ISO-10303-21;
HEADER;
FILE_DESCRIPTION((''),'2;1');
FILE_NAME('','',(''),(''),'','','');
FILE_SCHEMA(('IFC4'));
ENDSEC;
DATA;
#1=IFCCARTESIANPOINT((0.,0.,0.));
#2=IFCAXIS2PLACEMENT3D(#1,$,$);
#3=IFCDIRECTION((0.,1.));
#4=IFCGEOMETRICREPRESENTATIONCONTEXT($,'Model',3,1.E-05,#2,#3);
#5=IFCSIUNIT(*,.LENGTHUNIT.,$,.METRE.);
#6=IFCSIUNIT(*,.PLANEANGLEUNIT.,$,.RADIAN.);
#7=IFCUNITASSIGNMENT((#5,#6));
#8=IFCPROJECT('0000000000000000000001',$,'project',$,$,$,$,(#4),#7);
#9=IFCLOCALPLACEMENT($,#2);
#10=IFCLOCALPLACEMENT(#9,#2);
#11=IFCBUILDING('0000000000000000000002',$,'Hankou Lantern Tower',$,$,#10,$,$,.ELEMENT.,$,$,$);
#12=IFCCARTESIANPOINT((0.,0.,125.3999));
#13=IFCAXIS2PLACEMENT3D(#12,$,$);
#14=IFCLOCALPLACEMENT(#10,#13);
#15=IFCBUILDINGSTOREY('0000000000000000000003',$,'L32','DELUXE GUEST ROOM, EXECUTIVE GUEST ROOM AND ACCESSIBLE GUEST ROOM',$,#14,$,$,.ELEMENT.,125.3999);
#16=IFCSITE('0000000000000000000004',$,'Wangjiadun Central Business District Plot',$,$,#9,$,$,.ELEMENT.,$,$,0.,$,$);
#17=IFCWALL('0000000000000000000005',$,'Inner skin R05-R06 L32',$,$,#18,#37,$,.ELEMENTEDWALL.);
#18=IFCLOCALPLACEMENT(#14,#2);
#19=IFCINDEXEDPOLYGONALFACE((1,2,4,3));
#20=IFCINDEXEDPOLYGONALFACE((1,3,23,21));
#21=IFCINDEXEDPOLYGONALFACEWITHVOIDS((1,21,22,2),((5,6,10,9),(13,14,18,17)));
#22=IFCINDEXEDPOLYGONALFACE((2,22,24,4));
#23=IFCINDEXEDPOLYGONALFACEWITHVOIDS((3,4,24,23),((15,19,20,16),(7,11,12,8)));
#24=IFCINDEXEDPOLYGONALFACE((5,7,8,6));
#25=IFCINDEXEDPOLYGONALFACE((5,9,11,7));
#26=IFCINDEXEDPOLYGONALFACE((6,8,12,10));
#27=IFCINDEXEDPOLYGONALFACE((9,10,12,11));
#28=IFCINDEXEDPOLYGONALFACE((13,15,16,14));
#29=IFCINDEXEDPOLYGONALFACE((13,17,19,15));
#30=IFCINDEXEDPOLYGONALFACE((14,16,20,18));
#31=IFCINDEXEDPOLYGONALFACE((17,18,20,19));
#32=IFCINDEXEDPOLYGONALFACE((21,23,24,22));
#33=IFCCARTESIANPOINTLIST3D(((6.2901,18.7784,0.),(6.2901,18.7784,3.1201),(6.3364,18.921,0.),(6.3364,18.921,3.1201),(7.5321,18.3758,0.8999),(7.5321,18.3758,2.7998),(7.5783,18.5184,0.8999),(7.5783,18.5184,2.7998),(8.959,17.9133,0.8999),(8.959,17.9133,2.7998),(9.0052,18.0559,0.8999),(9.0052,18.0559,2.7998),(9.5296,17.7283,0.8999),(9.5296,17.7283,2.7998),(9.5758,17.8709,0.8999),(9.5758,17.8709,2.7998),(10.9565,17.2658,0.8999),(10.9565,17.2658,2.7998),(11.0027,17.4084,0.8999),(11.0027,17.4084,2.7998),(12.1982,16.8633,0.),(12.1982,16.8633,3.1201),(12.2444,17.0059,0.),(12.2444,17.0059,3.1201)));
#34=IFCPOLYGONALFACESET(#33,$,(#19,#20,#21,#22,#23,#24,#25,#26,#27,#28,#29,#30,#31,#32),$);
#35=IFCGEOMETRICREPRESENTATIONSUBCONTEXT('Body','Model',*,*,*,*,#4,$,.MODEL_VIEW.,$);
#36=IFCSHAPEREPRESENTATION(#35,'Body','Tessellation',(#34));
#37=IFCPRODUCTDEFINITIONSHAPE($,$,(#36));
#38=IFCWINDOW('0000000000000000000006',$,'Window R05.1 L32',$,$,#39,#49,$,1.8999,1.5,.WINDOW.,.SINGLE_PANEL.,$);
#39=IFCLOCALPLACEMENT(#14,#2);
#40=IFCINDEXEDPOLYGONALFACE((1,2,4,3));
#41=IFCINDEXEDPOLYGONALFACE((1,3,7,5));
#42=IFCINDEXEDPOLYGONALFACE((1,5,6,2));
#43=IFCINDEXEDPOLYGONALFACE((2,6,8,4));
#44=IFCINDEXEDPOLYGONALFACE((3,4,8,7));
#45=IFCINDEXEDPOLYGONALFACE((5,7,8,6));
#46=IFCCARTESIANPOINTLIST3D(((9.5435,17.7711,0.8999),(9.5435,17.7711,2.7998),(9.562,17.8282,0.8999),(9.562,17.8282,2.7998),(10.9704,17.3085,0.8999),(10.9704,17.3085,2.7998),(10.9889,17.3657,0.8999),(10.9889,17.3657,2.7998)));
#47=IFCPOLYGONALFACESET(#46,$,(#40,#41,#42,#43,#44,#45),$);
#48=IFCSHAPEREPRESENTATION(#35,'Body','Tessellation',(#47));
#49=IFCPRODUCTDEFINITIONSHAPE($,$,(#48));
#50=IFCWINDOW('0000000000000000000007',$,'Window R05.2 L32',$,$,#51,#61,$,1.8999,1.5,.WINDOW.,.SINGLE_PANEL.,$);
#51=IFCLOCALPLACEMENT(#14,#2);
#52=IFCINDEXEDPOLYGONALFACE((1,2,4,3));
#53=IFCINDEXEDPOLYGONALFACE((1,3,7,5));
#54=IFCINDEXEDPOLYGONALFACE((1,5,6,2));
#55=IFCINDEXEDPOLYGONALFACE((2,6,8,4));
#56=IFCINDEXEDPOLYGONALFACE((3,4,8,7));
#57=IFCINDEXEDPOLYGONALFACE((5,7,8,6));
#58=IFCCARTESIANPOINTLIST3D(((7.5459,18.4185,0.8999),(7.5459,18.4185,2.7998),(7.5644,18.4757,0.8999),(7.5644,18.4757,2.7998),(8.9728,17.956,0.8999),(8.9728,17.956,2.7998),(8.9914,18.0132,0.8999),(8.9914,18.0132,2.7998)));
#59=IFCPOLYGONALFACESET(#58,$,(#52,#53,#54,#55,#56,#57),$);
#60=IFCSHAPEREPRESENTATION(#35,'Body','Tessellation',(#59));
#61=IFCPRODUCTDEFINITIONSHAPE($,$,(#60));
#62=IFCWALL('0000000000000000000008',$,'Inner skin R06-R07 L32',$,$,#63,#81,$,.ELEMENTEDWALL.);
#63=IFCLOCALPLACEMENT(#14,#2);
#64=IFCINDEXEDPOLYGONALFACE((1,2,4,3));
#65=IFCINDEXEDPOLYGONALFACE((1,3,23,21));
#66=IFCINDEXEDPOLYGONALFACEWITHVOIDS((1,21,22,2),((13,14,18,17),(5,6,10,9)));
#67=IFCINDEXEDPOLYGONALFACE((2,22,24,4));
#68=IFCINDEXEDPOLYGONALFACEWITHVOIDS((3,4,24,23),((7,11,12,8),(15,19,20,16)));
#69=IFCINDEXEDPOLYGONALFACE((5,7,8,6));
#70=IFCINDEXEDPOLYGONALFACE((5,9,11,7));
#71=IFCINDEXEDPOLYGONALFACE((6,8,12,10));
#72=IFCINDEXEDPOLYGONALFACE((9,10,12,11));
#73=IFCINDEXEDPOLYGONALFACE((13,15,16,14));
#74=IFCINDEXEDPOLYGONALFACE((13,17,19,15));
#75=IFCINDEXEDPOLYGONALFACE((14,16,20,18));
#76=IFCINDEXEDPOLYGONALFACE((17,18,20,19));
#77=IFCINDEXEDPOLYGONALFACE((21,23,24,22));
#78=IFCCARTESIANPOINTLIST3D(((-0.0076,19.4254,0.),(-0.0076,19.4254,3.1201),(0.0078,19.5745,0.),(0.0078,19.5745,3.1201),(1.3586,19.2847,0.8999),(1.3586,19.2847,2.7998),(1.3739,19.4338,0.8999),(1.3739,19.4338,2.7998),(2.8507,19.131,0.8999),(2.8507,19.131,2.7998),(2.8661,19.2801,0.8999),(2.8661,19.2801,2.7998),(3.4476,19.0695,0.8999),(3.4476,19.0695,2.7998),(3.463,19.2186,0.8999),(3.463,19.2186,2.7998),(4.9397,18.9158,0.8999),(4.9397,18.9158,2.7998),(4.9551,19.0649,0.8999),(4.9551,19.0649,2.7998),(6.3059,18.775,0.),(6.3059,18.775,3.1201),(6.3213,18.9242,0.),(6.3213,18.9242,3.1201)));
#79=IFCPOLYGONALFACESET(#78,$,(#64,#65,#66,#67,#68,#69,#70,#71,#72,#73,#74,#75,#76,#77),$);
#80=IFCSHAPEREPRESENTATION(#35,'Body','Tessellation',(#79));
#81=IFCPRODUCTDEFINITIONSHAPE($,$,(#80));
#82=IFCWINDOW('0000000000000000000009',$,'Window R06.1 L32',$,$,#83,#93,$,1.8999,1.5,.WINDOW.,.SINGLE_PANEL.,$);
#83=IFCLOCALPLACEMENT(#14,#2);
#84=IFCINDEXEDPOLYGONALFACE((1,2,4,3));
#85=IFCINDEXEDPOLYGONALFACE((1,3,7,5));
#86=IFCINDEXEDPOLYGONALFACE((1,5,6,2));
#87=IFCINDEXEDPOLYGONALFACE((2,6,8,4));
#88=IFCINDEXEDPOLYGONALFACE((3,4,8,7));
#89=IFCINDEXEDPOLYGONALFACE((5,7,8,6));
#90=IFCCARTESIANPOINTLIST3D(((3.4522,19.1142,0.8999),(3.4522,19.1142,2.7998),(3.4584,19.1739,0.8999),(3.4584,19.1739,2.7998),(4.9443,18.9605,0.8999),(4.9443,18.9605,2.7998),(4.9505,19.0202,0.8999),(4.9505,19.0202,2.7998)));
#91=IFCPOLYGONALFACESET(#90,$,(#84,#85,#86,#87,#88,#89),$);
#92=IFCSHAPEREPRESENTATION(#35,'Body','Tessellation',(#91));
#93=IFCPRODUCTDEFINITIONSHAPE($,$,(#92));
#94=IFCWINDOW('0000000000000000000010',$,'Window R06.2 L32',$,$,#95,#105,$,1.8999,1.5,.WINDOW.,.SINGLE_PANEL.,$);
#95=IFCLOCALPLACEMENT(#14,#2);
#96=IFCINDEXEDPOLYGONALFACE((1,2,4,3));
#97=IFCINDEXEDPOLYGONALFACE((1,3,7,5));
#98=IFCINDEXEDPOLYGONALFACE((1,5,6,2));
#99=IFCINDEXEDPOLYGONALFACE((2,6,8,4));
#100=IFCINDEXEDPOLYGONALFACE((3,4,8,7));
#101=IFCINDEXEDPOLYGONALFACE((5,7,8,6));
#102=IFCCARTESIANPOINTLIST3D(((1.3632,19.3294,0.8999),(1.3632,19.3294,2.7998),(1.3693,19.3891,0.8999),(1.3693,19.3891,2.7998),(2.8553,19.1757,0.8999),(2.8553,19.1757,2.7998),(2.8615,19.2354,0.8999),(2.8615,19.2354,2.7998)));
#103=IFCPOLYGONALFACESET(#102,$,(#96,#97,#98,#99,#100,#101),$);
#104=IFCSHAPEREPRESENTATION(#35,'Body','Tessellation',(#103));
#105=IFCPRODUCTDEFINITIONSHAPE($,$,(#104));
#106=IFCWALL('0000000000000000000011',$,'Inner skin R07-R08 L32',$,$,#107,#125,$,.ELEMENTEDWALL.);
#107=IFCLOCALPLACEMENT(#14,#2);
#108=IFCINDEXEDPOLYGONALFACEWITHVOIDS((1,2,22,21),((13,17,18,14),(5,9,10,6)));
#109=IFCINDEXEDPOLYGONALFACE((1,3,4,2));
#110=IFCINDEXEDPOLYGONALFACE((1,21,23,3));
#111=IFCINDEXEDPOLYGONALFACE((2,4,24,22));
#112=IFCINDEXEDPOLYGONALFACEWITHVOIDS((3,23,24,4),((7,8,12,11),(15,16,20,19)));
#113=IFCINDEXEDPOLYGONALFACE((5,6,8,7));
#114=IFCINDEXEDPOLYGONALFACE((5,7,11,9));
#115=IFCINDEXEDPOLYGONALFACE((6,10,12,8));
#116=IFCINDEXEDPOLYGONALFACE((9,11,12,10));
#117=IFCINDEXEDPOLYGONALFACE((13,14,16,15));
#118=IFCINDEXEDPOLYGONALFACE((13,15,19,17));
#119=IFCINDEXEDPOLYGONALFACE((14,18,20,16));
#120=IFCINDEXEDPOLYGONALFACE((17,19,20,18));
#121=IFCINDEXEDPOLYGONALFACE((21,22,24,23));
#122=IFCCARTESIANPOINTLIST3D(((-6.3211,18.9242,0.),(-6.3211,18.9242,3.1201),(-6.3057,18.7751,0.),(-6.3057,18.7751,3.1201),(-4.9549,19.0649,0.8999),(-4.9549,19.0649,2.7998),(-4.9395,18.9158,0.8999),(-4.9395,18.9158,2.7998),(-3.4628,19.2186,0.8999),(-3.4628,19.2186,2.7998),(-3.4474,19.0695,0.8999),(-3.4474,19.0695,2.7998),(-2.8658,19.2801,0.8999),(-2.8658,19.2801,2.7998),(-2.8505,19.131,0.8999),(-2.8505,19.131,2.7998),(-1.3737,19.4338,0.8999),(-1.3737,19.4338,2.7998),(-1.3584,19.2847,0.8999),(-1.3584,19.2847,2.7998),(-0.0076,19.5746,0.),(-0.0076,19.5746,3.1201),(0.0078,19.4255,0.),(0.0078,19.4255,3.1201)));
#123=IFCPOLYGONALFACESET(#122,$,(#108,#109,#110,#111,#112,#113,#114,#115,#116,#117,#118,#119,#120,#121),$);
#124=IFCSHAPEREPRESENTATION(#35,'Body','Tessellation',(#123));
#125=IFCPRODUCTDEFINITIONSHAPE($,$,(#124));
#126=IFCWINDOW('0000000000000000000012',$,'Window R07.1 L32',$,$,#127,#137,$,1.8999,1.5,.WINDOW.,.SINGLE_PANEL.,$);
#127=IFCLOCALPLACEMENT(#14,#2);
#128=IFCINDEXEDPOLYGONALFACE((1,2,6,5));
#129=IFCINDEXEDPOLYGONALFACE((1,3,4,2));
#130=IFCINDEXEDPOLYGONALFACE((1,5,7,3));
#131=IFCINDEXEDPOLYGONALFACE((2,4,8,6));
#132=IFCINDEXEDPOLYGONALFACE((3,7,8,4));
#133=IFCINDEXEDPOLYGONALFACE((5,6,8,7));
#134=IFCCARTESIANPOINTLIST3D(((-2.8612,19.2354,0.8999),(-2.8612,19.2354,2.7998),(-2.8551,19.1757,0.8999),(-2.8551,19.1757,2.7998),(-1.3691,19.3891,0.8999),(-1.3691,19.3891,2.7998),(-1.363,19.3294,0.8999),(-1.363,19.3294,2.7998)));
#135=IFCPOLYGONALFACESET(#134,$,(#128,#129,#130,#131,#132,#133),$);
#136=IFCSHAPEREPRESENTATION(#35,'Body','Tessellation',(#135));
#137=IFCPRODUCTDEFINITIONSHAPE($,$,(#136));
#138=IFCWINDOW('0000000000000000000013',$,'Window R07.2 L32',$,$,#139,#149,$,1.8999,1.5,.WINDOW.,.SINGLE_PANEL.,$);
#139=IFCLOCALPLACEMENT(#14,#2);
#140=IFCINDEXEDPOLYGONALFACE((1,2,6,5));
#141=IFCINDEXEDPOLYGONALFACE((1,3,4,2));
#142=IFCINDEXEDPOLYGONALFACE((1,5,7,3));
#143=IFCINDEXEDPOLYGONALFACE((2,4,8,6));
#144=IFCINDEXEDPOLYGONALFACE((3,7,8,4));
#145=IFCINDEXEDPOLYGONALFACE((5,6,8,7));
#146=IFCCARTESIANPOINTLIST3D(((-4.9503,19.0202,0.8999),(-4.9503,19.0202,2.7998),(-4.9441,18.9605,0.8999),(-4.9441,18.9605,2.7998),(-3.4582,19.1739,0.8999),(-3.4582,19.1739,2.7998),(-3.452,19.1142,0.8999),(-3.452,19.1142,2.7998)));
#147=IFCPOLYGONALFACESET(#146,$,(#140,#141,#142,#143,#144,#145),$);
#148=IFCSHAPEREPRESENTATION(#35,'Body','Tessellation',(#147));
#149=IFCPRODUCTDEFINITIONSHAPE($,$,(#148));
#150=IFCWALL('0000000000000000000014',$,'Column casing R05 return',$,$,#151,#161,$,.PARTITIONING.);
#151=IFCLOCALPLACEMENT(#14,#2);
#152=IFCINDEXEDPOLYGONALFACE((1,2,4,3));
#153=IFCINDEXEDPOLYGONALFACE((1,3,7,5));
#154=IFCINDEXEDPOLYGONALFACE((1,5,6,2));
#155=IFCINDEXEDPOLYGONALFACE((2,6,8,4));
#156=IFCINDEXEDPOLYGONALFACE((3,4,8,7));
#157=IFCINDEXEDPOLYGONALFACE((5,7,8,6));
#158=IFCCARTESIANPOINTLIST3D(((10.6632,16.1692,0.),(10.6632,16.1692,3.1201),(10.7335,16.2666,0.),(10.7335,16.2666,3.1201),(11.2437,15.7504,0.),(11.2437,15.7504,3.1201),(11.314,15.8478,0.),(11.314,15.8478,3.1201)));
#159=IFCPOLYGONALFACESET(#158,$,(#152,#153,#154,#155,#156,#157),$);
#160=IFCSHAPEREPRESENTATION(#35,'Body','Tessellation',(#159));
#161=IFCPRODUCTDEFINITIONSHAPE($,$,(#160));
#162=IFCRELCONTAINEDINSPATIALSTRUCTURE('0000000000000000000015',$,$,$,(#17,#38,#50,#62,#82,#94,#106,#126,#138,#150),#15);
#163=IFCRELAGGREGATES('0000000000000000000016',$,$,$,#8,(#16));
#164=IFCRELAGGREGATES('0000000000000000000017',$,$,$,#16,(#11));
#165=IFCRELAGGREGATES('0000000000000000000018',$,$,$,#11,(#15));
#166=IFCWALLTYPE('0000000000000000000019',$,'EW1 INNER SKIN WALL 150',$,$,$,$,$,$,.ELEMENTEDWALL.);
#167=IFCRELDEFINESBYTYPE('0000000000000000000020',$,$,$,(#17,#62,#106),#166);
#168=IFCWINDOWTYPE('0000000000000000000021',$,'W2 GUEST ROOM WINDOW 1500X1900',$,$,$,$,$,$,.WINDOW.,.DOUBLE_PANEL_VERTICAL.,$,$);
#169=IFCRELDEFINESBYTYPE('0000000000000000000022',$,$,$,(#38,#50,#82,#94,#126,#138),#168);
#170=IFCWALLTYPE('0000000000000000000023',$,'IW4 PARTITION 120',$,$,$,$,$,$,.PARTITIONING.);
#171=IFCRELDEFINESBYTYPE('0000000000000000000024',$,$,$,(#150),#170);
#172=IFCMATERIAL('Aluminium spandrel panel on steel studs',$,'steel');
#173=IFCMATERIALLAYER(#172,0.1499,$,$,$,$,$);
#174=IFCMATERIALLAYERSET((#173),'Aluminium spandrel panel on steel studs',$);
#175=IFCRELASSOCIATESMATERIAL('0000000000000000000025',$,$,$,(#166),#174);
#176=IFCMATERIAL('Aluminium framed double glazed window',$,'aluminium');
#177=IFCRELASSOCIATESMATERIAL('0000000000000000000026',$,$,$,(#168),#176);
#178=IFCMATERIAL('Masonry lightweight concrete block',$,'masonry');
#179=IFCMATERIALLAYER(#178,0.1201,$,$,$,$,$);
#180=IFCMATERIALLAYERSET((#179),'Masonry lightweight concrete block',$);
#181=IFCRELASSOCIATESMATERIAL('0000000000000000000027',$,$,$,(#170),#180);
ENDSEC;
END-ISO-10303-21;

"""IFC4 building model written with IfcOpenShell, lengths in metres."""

from ifc_helpers import new_model, si_unit, direction, frame, frame_2d, origin, place, context, subcontext, project, spatial, rectangle, extrude, material, layer, layer_set, type_object, element, fill, save


model = new_model("IFC4")

# Units and contexts
model_context = context("Model", 3, precision=1e-05, world=origin(), true_north=direction((0.0, 1.0)))
body_context = subcontext(model_context, "Body", "Model", "MODEL_VIEW")
ifc_project = project(units=[si_unit("LENGTHUNIT", "METRE"), si_unit("PLANEANGLEUNIT", "RADIAN")], contexts=[model_context])

# Site, building, storey
site_placement = place(None, origin())
site = spatial("IfcSite", under=ifc_project, at=site_placement, Name="Wangjiadun Central Business District Plot", CompositionType="ELEMENT", RefElevation=0.0)
building_placement = place(site_placement, origin())
building = spatial("IfcBuilding", under=site, at=building_placement, Name="Hankou Lantern Tower", CompositionType="ELEMENT")
storey_placement = place(building_placement, frame((0.0, 0.0, 125.3999)))
storey = spatial("IfcBuildingStorey", under=building, at=storey_placement, Name="L32", Description="DELUXE GUEST ROOM, EXECUTIVE GUEST ROOM AND ACCESSIBLE GUEST ROOM", CompositionType="ELEMENT", Elevation=125.3999)

# Walls, openings, windows
ifc_material_1 = material(Name="Aluminium spandrel panel on steel studs", Category="steel")
ifc_layer_1 = layer(ifc_material_1, 0.1499)
ifc_layer_set_1 = layer_set([ifc_layer_1], Name="Aluminium spandrel panel on steel studs")
wall_type_1 = type_object("IfcWallType", Name="EW1 INNER SKIN WALL 150", PredefinedType="ELEMENTEDWALL", material=ifc_layer_set_1)
wall_1_placement = place(storey_placement, frame((12.2214, 16.9346, 0.0), z_axis=(0.0, 0.0, 1.0), x_axis=(-0.951273, 0.308351, 0.0)))
wall_1 = element("IfcWall", 1, at=wall_1_placement, inside=storey, type_object=wall_type_1, Name="Inner skin R05-R06 L32", PredefinedType="ELEMENTEDWALL", context=body_context, shape_type="SweptSolid", body=[
    extrude(rectangle(XDim=6.2107, YDim=0.1499, at=frame_2d((3.1055, 0.0))), origin(), (0.0, 0.0, 1.0), 3.1201),
])
opening_1_placement = place(wall_1_placement, frame((1.3054, 0.0, 0.8999)))
opening_1 = element("IfcOpeningElement", 2, at=opening_1_placement, cuts=wall_1, PredefinedType="OPENING", context=body_context, shape_type="SweptSolid", body=[
    extrude(rectangle(XDim=1.5, YDim=1.8999, at=frame_2d((0.75, 0.95))), frame((0.0, 0.085, 0.0), z_axis=(0.0, -1.0, 0.0), x_axis=(1.0, 0.0, 0.0)), (0.0, 0.0, 1.0), 0.1699),
])
opening_2_placement = place(wall_1_placement, frame((3.4053, 0.0, 0.8999)))
opening_2 = element("IfcOpeningElement", 3, at=opening_2_placement, cuts=wall_1, PredefinedType="OPENING", context=body_context, shape_type="SweptSolid", body=[
    extrude(rectangle(XDim=1.5, YDim=1.8999, at=frame_2d((0.75, 0.95))), frame((0.0, 0.085, 0.0), z_axis=(0.0, -1.0, 0.0), x_axis=(1.0, 0.0, 0.0)), (0.0, 0.0, 1.0), 0.1699),
])
ifc_material_2 = material(Name="Aluminium framed double glazed window", Category="aluminium")
window_type = type_object("IfcWindowType", Name="W2 GUEST ROOM WINDOW 1500X1900", PartitioningType="DOUBLE_PANEL_VERTICAL", PredefinedType="WINDOW", material=ifc_material_2)
window_1_placement = place(opening_1_placement, origin())
window_1 = element("IfcWindow", 4, at=window_1_placement, inside=storey, type_object=window_type, Name="Window R05.1 L32", OverallHeight=1.8999, OverallWidth=1.5, PartitioningType="SINGLE_PANEL", PredefinedType="WINDOW", context=body_context, shape_type="SweptSolid", body=[
    extrude(rectangle(XDim=1.5, YDim=1.8999, at=frame_2d((0.75, 0.95))), frame((0.0, 0.03, 0.0), z_axis=(0.0, -1.0, 0.0), x_axis=(1.0, 0.0, 0.0)), (0.0, 0.0, 1.0), 0.0601),
])
fill(opening_1, window_1)
window_2_placement = place(opening_2_placement, origin())
window_2 = element("IfcWindow", 5, at=window_2_placement, inside=storey, type_object=window_type, Name="Window R05.2 L32", OverallHeight=1.8999, OverallWidth=1.5, PartitioningType="SINGLE_PANEL", PredefinedType="WINDOW", context=body_context, shape_type="SweptSolid", body=[
    extrude(rectangle(XDim=1.5, YDim=1.8999, at=frame_2d((0.75, 0.95))), frame((0.0, 0.03, 0.0), z_axis=(0.0, -1.0, 0.0), x_axis=(1.0, 0.0, 0.0)), (0.0, 0.0, 1.0), 0.0601),
])
fill(opening_2, window_2)
wall_2_placement = place(storey_placement, frame((6.3135, 18.8496, 0.0), z_axis=(0.0, 0.0, 1.0), x_axis=(-0.994736, 0.102474, 0.0)))
wall_2 = element("IfcWall", 6, at=wall_2_placement, inside=storey, type_object=wall_type_1, Name="Inner skin R06-R07 L32", PredefinedType="ELEMENTEDWALL", context=body_context, shape_type="SweptSolid", body=[
    extrude(rectangle(XDim=6.3469, YDim=0.1499, at=frame_2d((3.1733, 0.0))), origin(), (0.0, 0.0, 1.0), 3.1201),
])
opening_3_placement = place(wall_2_placement, frame((1.3733, 0.0, 0.8999)))
opening_3 = element("IfcOpeningElement", 7, at=opening_3_placement, cuts=wall_2, PredefinedType="OPENING", context=body_context, shape_type="SweptSolid", body=[
    extrude(rectangle(XDim=1.5, YDim=1.8999, at=frame_2d((0.75, 0.95))), frame((0.0, 0.085, 0.0), z_axis=(0.0, -1.0, 0.0), x_axis=(1.0, 0.0, 0.0)), (0.0, 0.0, 1.0), 0.1699),
])
opening_4_placement = place(wall_2_placement, frame((3.4734, 0.0, 0.8999)))
opening_4 = element("IfcOpeningElement", 8, at=opening_4_placement, cuts=wall_2, PredefinedType="OPENING", context=body_context, shape_type="SweptSolid", body=[
    extrude(rectangle(XDim=1.5, YDim=1.8999, at=frame_2d((0.75, 0.95))), frame((0.0, 0.085, 0.0), z_axis=(0.0, -1.0, 0.0), x_axis=(1.0, 0.0, 0.0)), (0.0, 0.0, 1.0), 0.1699),
])
window_3_placement = place(opening_3_placement, origin())
window_3 = element("IfcWindow", 9, at=window_3_placement, inside=storey, type_object=window_type, Name="Window R06.1 L32", OverallHeight=1.8999, OverallWidth=1.5, PartitioningType="SINGLE_PANEL", PredefinedType="WINDOW", context=body_context, shape_type="SweptSolid", body=[
    extrude(rectangle(XDim=1.5, YDim=1.8999, at=frame_2d((0.75, 0.95))), frame((0.0, 0.03, 0.0), z_axis=(0.0, -1.0, 0.0), x_axis=(1.0, 0.0, 0.0)), (0.0, 0.0, 1.0), 0.0601),
])
fill(opening_3, window_3)
window_4_placement = place(opening_4_placement, origin())
window_4 = element("IfcWindow", 10, at=window_4_placement, inside=storey, type_object=window_type, Name="Window R06.2 L32", OverallHeight=1.8999, OverallWidth=1.5, PartitioningType="SINGLE_PANEL", PredefinedType="WINDOW", context=body_context, shape_type="SweptSolid", body=[
    extrude(rectangle(XDim=1.5, YDim=1.8999, at=frame_2d((0.75, 0.95))), frame((0.0, 0.03, 0.0), z_axis=(0.0, -1.0, 0.0), x_axis=(1.0, 0.0, 0.0)), (0.0, 0.0, 1.0), 0.0601),
])
fill(opening_4, window_4)
wall_3_placement = place(storey_placement, frame((0.0, 19.5, 0.0), z_axis=(0.0, 0.0, 1.0), x_axis=(-0.994736, -0.102474, 0.0)))
wall_3 = element("IfcWall", 11, at=wall_3_placement, inside=storey, type_object=wall_type_1, Name="Inner skin R07-R08 L32", PredefinedType="ELEMENTEDWALL", context=body_context, shape_type="SweptSolid", body=[
    extrude(rectangle(XDim=6.3469, YDim=0.1499, at=frame_2d((3.1733, 0.0))), origin(), (0.0, 0.0, 1.0), 3.1201),
])
opening_5_placement = place(wall_3_placement, frame((1.3733, 0.0, 0.8999)))
opening_5 = element("IfcOpeningElement", 12, at=opening_5_placement, cuts=wall_3, PredefinedType="OPENING", context=body_context, shape_type="SweptSolid", body=[
    extrude(rectangle(XDim=1.5, YDim=1.8999, at=frame_2d((0.75, 0.95))), frame((0.0, 0.085, 0.0), z_axis=(0.0, -1.0, 0.0), x_axis=(1.0, 0.0, 0.0)), (0.0, 0.0, 1.0), 0.1699),
])
opening_6_placement = place(wall_3_placement, frame((3.4734, 0.0, 0.8999)))
opening_6 = element("IfcOpeningElement", 13, at=opening_6_placement, cuts=wall_3, PredefinedType="OPENING", context=body_context, shape_type="SweptSolid", body=[
    extrude(rectangle(XDim=1.5, YDim=1.8999, at=frame_2d((0.75, 0.95))), frame((0.0, 0.085, 0.0), z_axis=(0.0, -1.0, 0.0), x_axis=(1.0, 0.0, 0.0)), (0.0, 0.0, 1.0), 0.1699),
])
window_5_placement = place(opening_5_placement, origin())
window_5 = element("IfcWindow", 14, at=window_5_placement, inside=storey, type_object=window_type, Name="Window R07.1 L32", OverallHeight=1.8999, OverallWidth=1.5, PartitioningType="SINGLE_PANEL", PredefinedType="WINDOW", context=body_context, shape_type="SweptSolid", body=[
    extrude(rectangle(XDim=1.5, YDim=1.8999, at=frame_2d((0.75, 0.95))), frame((0.0, 0.03, 0.0), z_axis=(0.0, -1.0, 0.0), x_axis=(1.0, 0.0, 0.0)), (0.0, 0.0, 1.0), 0.0601),
])
fill(opening_5, window_5)
window_6_placement = place(opening_6_placement, origin())
window_6 = element("IfcWindow", 15, at=window_6_placement, inside=storey, type_object=window_type, Name="Window R07.2 L32", OverallHeight=1.8999, OverallWidth=1.5, PartitioningType="SINGLE_PANEL", PredefinedType="WINDOW", context=body_context, shape_type="SweptSolid", body=[
    extrude(rectangle(XDim=1.5, YDim=1.8999, at=frame_2d((0.75, 0.95))), frame((0.0, 0.03, 0.0), z_axis=(0.0, -1.0, 0.0), x_axis=(1.0, 0.0, 0.0)), (0.0, 0.0, 1.0), 0.0601),
])
fill(opening_6, window_6)

# Wall
ifc_material_3 = material(Name="Masonry lightweight concrete block", Category="masonry")
ifc_layer_2 = layer(ifc_material_3, 0.1201)
ifc_layer_set_2 = layer_set([ifc_layer_2], Name="Masonry lightweight concrete block")
wall_type_2 = type_object("IfcWallType", Name="IW4 PARTITION 120", PredefinedType="PARTITIONING", material=ifc_layer_set_2)
wall_4_placement = place(storey_placement, frame((11.2788, 15.7991, 0.0), z_axis=(0.0, 0.0, 1.0), x_axis=(-0.810913, 0.585167, 0.0)))
element("IfcWall", 16, at=wall_4_placement, inside=storey, type_object=wall_type_2, Name="Column casing R05 return", PredefinedType="PARTITIONING", context=body_context, shape_type="SweptSolid", body=[
    extrude(rectangle(XDim=0.7158, YDim=0.1201, at=frame_2d((0.3579, 0.0))), origin(), (0.0, 0.0, 1.0), 3.1201),
])

save(model, "model.ifc")
